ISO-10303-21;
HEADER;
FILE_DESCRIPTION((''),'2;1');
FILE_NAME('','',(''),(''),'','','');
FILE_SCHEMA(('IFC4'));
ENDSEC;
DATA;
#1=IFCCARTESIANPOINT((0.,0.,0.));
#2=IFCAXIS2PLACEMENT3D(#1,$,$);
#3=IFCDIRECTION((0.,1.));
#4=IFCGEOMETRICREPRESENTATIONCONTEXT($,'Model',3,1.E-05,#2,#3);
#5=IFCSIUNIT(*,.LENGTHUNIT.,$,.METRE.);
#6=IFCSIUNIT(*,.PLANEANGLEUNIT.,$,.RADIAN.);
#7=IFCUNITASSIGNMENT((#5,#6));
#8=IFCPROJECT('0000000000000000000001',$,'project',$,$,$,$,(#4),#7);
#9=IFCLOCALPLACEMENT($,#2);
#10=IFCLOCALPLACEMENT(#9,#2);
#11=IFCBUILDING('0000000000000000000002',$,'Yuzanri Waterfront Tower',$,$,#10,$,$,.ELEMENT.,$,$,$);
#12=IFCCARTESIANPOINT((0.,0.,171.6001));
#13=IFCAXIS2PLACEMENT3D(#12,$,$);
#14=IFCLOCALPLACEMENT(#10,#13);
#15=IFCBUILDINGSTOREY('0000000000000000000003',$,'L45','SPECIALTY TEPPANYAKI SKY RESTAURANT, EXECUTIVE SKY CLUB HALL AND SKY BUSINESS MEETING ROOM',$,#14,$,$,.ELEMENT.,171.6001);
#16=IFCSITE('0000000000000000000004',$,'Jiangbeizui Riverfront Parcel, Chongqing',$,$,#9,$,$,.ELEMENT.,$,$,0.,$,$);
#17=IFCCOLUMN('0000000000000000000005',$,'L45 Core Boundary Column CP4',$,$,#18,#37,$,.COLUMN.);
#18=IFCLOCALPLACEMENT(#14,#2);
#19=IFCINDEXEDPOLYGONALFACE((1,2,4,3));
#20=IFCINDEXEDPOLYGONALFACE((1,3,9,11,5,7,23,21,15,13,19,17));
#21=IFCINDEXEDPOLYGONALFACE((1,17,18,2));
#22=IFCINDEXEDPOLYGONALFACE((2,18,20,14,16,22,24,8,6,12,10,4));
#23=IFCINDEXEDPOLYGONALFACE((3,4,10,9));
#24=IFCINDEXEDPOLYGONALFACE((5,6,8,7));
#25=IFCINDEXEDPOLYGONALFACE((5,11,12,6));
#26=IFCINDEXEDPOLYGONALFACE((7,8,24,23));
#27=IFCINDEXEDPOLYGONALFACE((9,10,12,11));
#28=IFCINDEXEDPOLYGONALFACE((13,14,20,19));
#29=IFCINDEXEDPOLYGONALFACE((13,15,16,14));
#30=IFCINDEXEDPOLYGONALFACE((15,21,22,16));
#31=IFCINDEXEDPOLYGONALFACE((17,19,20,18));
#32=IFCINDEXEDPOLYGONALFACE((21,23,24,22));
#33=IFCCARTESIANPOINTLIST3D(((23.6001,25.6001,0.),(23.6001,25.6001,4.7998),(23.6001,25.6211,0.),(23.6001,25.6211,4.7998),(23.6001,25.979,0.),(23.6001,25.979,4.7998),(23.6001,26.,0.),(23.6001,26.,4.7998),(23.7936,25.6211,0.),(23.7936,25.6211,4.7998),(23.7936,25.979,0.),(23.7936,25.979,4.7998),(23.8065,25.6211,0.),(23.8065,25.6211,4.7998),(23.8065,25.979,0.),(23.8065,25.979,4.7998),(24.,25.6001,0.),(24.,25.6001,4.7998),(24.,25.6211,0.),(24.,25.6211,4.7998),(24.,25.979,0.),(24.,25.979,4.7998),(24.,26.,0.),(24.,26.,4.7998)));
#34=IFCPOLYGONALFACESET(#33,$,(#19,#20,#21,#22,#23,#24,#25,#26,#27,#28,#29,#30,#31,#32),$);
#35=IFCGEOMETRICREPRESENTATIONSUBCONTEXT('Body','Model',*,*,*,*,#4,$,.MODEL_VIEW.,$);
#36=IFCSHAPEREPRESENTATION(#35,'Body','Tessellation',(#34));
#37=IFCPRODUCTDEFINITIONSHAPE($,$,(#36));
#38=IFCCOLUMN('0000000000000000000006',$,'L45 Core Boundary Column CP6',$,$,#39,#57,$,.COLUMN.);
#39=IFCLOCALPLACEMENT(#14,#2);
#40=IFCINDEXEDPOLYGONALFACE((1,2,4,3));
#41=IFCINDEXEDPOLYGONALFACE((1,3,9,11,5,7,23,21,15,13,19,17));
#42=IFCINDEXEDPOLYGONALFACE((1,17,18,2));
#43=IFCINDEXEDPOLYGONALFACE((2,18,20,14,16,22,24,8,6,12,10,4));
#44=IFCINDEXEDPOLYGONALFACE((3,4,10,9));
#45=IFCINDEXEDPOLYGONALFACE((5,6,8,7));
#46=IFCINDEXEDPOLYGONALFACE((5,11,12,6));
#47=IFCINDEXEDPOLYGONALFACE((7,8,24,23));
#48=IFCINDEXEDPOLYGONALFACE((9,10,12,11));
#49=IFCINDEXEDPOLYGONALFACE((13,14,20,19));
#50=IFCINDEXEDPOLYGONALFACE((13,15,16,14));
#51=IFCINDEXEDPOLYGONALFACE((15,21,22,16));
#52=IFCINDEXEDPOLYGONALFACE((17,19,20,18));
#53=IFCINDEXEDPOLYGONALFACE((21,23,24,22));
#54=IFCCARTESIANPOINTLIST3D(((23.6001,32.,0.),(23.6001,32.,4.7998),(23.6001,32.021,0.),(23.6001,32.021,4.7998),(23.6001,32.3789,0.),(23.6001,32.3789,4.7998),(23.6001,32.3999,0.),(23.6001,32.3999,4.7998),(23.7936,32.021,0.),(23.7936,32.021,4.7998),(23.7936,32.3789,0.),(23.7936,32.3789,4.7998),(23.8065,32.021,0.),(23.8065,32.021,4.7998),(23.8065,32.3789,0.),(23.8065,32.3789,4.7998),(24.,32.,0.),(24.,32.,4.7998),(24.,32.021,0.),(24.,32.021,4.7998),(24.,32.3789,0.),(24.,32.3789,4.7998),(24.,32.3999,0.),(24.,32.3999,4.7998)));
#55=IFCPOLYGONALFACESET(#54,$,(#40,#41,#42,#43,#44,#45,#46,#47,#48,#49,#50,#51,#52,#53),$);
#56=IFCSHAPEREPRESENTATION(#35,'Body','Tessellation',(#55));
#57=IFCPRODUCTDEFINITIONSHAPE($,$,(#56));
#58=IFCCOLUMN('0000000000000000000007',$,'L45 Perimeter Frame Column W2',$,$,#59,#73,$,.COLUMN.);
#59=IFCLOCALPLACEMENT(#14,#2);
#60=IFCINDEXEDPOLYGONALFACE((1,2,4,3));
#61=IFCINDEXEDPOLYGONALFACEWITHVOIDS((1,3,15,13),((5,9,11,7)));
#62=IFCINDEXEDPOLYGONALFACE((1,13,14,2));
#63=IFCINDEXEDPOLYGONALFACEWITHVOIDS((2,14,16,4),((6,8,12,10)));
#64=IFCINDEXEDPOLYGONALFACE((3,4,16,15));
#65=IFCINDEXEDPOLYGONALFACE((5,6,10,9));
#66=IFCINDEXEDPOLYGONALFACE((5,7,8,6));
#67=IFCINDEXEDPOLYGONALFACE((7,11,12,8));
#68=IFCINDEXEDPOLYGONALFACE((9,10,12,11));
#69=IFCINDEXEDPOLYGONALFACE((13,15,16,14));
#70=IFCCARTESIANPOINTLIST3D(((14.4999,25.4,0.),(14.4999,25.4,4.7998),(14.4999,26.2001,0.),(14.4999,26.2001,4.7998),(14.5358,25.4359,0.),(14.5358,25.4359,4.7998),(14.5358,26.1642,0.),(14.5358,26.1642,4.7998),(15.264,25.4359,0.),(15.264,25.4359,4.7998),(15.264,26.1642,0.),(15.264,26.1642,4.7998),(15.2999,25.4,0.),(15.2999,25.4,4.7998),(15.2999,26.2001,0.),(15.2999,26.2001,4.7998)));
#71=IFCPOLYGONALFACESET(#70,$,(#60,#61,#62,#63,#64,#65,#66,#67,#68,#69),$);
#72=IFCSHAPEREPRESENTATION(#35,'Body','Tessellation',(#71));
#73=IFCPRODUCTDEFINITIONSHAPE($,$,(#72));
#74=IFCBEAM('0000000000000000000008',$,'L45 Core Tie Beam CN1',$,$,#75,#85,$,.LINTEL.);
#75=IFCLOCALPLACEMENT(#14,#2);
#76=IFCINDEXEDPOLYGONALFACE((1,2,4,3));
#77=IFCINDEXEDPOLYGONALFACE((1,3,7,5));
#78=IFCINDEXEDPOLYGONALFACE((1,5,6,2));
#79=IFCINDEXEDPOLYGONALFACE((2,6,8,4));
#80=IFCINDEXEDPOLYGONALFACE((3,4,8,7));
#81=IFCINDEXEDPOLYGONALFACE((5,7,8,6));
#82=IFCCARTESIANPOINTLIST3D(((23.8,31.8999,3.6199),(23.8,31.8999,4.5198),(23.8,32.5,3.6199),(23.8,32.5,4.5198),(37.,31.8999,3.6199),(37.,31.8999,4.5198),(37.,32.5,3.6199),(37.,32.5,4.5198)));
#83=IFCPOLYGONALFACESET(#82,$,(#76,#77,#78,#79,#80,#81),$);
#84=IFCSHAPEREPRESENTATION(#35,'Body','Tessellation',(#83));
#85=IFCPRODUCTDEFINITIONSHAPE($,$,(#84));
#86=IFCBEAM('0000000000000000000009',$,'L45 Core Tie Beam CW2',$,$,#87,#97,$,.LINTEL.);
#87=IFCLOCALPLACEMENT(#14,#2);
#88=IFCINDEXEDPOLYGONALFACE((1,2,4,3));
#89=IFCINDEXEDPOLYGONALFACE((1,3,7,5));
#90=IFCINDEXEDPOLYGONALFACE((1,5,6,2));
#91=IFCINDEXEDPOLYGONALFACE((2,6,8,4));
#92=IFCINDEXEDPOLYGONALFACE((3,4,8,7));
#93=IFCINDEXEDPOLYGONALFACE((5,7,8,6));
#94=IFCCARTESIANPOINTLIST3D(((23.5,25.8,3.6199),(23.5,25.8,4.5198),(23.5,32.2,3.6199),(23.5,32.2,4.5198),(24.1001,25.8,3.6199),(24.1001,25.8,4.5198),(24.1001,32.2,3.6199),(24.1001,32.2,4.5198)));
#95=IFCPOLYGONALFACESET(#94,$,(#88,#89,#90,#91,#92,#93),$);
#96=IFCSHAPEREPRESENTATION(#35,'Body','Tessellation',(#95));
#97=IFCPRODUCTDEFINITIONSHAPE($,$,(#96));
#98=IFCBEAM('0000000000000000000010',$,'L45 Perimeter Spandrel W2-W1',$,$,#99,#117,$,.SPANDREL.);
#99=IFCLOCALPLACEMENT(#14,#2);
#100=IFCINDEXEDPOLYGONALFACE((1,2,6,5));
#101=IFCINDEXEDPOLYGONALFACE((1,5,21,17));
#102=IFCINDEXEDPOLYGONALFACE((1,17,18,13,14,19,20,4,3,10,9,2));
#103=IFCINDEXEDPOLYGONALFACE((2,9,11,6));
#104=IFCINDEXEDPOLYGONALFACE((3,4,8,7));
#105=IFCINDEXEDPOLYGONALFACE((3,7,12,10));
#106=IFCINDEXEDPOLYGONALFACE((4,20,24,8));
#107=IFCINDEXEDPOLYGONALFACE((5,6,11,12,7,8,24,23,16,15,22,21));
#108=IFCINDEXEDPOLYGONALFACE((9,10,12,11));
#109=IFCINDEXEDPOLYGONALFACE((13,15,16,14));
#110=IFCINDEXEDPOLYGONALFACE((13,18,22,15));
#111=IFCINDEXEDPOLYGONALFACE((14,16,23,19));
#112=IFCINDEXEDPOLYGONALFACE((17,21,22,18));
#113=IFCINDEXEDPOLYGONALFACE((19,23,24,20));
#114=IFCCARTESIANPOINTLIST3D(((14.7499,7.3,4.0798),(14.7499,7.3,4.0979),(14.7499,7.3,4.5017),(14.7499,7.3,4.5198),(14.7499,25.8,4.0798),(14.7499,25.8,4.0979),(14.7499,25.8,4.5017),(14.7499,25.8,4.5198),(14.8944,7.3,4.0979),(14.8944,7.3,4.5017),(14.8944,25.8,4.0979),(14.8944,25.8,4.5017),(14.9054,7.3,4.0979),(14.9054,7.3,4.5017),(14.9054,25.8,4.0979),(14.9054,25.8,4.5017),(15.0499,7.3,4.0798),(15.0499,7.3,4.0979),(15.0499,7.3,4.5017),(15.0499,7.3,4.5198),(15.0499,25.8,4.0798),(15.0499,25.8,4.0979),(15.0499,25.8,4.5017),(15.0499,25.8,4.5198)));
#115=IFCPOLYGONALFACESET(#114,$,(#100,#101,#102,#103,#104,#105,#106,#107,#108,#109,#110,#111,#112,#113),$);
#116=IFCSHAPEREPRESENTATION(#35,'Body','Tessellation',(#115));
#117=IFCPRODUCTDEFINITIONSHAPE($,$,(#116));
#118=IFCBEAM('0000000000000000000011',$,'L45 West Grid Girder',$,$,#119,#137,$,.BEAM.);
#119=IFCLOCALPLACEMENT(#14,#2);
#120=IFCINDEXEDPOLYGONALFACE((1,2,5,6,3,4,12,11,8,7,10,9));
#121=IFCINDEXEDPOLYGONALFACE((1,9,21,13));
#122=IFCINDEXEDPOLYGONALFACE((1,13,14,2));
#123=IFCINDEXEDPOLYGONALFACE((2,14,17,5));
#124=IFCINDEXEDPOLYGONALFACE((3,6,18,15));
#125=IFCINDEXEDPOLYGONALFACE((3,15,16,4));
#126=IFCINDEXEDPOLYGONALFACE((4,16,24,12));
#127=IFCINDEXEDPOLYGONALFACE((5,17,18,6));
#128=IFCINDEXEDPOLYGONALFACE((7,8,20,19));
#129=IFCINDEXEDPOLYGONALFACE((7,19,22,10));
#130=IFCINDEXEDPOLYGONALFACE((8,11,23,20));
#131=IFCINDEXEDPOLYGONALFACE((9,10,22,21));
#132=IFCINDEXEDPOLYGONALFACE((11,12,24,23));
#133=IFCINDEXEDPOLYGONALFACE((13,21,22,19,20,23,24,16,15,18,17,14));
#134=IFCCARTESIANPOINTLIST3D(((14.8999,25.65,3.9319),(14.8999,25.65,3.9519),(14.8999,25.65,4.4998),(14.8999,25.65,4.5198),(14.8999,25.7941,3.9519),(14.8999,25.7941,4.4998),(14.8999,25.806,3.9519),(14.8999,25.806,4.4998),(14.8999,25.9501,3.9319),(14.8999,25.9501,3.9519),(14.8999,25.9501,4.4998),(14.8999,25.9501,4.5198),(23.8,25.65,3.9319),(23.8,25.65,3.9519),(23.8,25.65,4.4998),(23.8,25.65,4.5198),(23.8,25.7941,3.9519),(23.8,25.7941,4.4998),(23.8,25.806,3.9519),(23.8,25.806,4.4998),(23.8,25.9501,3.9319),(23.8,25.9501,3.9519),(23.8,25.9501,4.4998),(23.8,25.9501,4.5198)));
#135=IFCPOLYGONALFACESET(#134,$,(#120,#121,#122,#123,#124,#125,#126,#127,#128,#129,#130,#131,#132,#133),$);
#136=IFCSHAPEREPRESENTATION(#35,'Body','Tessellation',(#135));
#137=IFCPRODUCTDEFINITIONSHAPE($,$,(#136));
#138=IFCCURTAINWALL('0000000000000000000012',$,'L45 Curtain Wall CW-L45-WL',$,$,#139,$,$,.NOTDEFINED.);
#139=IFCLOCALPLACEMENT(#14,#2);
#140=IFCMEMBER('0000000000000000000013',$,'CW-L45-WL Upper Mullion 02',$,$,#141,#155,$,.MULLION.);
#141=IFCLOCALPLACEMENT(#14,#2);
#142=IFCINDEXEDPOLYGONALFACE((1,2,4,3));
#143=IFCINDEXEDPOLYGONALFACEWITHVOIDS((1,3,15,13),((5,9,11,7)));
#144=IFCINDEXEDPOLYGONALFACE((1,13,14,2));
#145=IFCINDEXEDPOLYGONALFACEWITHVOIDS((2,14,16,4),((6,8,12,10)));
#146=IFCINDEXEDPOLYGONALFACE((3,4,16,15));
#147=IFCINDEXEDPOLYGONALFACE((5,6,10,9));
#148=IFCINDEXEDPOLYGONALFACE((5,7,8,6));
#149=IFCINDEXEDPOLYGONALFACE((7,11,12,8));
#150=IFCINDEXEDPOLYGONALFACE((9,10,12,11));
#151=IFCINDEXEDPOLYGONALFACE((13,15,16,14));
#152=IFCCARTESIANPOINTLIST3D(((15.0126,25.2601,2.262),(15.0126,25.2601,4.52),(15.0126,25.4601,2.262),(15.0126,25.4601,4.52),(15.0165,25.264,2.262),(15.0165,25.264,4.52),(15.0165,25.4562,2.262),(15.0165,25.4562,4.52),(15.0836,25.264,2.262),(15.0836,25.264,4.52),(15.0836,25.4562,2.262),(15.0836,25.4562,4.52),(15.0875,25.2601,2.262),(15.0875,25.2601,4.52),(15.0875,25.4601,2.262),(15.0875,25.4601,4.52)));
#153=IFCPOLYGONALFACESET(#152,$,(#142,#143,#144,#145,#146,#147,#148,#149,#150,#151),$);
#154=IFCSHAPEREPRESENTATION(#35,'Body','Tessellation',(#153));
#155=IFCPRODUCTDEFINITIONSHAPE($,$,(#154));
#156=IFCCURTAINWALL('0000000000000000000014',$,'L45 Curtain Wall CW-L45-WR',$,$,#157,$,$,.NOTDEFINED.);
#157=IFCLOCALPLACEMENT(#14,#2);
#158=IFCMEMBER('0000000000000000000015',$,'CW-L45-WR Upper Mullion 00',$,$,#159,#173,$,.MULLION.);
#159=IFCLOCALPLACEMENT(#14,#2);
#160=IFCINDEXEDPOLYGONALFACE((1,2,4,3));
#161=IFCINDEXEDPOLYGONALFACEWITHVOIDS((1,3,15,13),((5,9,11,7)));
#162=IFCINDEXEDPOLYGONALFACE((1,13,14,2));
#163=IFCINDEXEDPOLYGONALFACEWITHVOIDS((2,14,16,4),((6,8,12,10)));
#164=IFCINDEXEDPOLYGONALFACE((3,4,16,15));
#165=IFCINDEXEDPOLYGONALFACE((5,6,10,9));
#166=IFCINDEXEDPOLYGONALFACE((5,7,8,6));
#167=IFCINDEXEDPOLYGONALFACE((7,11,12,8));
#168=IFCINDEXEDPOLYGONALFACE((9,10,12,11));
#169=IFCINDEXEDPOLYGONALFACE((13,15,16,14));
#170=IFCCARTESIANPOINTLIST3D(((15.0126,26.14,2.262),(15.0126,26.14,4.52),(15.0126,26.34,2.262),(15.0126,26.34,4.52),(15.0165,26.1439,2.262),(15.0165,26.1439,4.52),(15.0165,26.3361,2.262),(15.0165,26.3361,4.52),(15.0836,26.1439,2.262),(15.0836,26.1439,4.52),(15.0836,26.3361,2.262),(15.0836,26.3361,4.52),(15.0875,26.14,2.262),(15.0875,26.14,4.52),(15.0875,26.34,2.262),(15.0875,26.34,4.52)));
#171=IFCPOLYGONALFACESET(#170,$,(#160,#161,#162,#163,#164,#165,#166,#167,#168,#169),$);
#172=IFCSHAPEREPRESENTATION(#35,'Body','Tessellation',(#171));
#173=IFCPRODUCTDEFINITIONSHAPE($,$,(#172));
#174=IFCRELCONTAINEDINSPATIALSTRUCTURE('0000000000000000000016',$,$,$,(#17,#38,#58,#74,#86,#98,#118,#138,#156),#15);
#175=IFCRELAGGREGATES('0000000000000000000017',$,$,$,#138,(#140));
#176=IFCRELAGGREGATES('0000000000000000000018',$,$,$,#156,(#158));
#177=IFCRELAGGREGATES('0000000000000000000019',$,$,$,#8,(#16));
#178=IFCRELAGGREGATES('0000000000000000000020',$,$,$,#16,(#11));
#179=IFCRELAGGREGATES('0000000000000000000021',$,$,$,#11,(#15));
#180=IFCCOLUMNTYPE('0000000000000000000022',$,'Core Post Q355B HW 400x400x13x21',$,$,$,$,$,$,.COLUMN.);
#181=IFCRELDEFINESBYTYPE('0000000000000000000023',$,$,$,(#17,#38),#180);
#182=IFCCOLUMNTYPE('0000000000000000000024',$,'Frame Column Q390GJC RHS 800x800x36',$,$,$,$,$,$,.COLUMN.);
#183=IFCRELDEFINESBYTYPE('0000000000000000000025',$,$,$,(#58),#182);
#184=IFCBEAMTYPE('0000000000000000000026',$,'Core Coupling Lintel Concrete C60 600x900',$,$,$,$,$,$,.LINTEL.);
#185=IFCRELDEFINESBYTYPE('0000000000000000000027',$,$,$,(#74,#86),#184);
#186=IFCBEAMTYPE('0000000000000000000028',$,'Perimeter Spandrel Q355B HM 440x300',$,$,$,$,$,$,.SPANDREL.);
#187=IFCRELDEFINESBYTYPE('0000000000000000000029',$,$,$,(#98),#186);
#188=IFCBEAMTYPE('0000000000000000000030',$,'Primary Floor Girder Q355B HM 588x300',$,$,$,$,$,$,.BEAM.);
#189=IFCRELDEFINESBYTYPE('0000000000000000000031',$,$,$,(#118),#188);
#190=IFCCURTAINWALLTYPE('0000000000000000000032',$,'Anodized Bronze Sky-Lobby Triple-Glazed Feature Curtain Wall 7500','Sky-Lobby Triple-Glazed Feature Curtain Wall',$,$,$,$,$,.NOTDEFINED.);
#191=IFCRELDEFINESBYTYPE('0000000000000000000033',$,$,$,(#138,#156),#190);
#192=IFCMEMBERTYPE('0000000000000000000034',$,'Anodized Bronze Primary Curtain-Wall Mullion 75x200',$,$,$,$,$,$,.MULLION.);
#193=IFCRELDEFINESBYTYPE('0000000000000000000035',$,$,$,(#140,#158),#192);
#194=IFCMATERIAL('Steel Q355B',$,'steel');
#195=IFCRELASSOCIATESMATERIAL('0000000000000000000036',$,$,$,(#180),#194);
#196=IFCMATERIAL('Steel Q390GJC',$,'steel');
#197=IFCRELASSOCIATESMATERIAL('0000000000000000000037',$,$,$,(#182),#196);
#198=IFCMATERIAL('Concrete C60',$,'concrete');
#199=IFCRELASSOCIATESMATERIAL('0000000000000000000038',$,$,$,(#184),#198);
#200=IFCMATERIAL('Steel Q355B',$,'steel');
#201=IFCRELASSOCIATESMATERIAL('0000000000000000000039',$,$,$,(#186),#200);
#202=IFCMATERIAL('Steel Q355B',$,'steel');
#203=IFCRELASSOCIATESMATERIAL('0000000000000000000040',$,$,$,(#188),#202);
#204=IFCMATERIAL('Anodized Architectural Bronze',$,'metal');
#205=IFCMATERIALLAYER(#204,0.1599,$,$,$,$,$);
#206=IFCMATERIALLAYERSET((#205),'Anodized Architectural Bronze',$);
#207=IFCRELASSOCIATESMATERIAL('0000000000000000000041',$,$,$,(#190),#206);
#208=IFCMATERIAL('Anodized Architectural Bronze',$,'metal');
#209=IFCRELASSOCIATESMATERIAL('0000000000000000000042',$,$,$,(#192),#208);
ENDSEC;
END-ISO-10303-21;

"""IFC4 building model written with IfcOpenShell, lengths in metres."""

from ifc_helpers import new_model, si_unit, direction, frame, origin, origin_2d, place, context, subcontext, project, spatial, rectangle, hollow_rectangle, i_section, extrude, source, transform, mapped, material, layer, layer_set, material_profile, profile_set, type_object, element, aggregate, save


model = new_model("IFC4")

# Units and contexts
model_context = context("Model", 3, precision=1e-05, world=origin(), true_north=direction((0.0, 1.0)))
body_context = subcontext(model_context, "Body", "Model", "MODEL_VIEW")
ifc_project = project(units=[si_unit("LENGTHUNIT", "METRE"), si_unit("PLANEANGLEUNIT", "RADIAN")], contexts=[model_context])

# Site, building, storey
site_placement = place(None, origin())
site = spatial("IfcSite", under=ifc_project, at=site_placement, Name="Jiangbeizui Riverfront Parcel, Chongqing", CompositionType="ELEMENT", RefElevation=0.0)
building_placement = place(site_placement, origin())
building = spatial("IfcBuilding", under=site, at=building_placement, Name="Yuzanri Waterfront Tower", CompositionType="ELEMENT")
storey_placement = place(building_placement, frame((0.0, 0.0, 171.6001)))
storey = spatial("IfcBuildingStorey", under=building, at=storey_placement, Name="L45", Description="SPECIALTY TEPPANYAKI SKY RESTAURANT, EXECUTIVE SKY CLUB HALL AND SKY BUSINESS MEETING ROOM", CompositionType="ELEMENT", Elevation=171.6001)

# Columns
ifc_material_1 = material(Name="Steel Q355B", Category="steel")
ifc_material_profile_1 = material_profile(ifc_material_1, i_section(OverallWidth=0.3999, OverallDepth=0.3999, WebThickness=0.0129, FlangeThickness=0.021, at=origin_2d()), Name="HW 400x400x13x21")
ifc_profile_set_1 = profile_set([ifc_material_profile_1], Name="Steel Q355B")
column_type_1 = type_object("IfcColumnType", Name="Core Post Q355B HW 400x400x13x21", PredefinedType="COLUMN", material=ifc_profile_set_1)
shared_shape_1 = source(origin(), body_context, "Body", "SweptSolid", [
    extrude(i_section(OverallWidth=0.3999, OverallDepth=0.3999, WebThickness=0.0129, FlangeThickness=0.021, at=origin_2d()), origin(), (0.0, 0.0, 1.0), 4.7998),
])
for number, where, z_axis, x_axis, name in (
    (1, (23.8, 25.8, 0.0), (0.0, 0.0, 1.0), (1.0, 0.0, 0.0), "L45 Core Boundary Column CP4"),
    (2, (23.8, 32.2, 0.0), (0.0, 0.0, 1.0), (1.0, 0.0, 0.0), "L45 Core Boundary Column CP6"),
):
    element("IfcColumn", number, at=place(storey_placement, frame(where, z_axis=z_axis, x_axis=x_axis)), inside=storey, type_object=column_type_1, Name=name, PredefinedType="COLUMN", context=body_context, shape_type="MappedRepresentation", body=[
        mapped(shared_shape_1, transform((0.0, 0.0, 0.0), scale=1.0)),
    ])
ifc_material_2 = material(Name="Steel Q390GJC", Category="steel")
ifc_material_profile_2 = material_profile(ifc_material_2, hollow_rectangle(XDim=0.8, YDim=0.8, WallThickness=0.0359, at=origin_2d()), Name="RHS 800x800x36")
ifc_profile_set_2 = profile_set([ifc_material_profile_2], Name="Steel Q390GJC")
column_type_2 = type_object("IfcColumnType", Name="Frame Column Q390GJC RHS 800x800x36", PredefinedType="COLUMN", material=ifc_profile_set_2)
shared_shape_2 = source(origin(), body_context, "Body", "SweptSolid", [
    extrude(hollow_rectangle(XDim=0.8, YDim=0.8, WallThickness=0.0359, at=origin_2d()), origin(), (0.0, 0.0, 1.0), 4.7998),
])
column_placement = place(storey_placement, frame((14.8999, 25.8, 0.0), z_axis=(0.0, 0.0, 1.0), x_axis=(1.0, 0.0, 0.0)))
element("IfcColumn", 3, at=column_placement, inside=storey, type_object=column_type_2, Name="L45 Perimeter Frame Column W2", PredefinedType="COLUMN", context=body_context, shape_type="MappedRepresentation", body=[
    mapped(shared_shape_2, transform((0.0, 0.0, 0.0), scale=1.0)),
])

# Beams
ifc_material_3 = material(Name="Concrete C60", Category="concrete")
ifc_material_profile_3 = material_profile(ifc_material_3, rectangle(XDim=0.6001, YDim=0.8999, at=origin_2d()), Name="RC 600x900")
ifc_profile_set_3 = profile_set([ifc_material_profile_3], Name="Concrete C60")
beam_type_1 = type_object("IfcBeamType", Name="Core Coupling Lintel Concrete C60 600x900", PredefinedType="LINTEL", material=ifc_profile_set_3)
shared_shape_3 = source(origin(), body_context, "Body", "SweptSolid", [
    extrude(rectangle(XDim=0.6001, YDim=0.8999, at=origin_2d()), origin(), (0.0, 0.0, 1.0), 13.2),
])
beam_1_placement = place(storey_placement, frame((23.8, 32.2, 4.0698), z_axis=(1.0, 0.0, 0.0), x_axis=(0.0, 1.0, 0.0)))
element("IfcBeam", 4, at=beam_1_placement, inside=storey, type_object=beam_type_1, Name="L45 Core Tie Beam CN1", PredefinedType="LINTEL", context=body_context, shape_type="MappedRepresentation", body=[
    mapped(shared_shape_3, transform((0.0, 0.0, 0.0), scale=1.0)),
])
shared_shape_4 = source(origin(), body_context, "Body", "SweptSolid", [
    extrude(rectangle(XDim=0.6001, YDim=0.8999, at=origin_2d()), origin(), (0.0, 0.0, 1.0), 6.3999),
])
beam_2_placement = place(storey_placement, frame((23.8, 25.8, 4.0698), z_axis=(0.0, 1.0, 0.0), x_axis=(-1.0, 0.0, 0.0)))
element("IfcBeam", 5, at=beam_2_placement, inside=storey, type_object=beam_type_1, Name="L45 Core Tie Beam CW2", PredefinedType="LINTEL", context=body_context, shape_type="MappedRepresentation", body=[
    mapped(shared_shape_4, transform((0.0, 0.0, 0.0), scale=1.0)),
])
ifc_material_4 = material(Name="Steel Q355B", Category="steel")
ifc_material_profile_4 = material_profile(ifc_material_4, i_section(OverallWidth=0.3, OverallDepth=0.4399, WebThickness=0.011, FlangeThickness=0.0181, at=origin_2d()), Name="HM 440x300x11x18")
ifc_profile_set_4 = profile_set([ifc_material_profile_4], Name="Steel Q355B")
beam_type_2 = type_object("IfcBeamType", Name="Perimeter Spandrel Q355B HM 440x300", PredefinedType="SPANDREL", material=ifc_profile_set_4)
shared_shape_5 = source(origin(), body_context, "Body", "SweptSolid", [
    extrude(i_section(OverallWidth=0.3, OverallDepth=0.4399, WebThickness=0.011, FlangeThickness=0.0181, at=origin_2d()), origin(), (0.0, 0.0, 1.0), 18.5),
])
beam_3_placement = place(storey_placement, frame((14.8999, 25.8, 4.2998), z_axis=(0.0, -1.0, 0.0), x_axis=(1.0, 0.0, 0.0)))
element("IfcBeam", 6, at=beam_3_placement, inside=storey, type_object=beam_type_2, Name="L45 Perimeter Spandrel W2-W1", PredefinedType="SPANDREL", context=body_context, shape_type="MappedRepresentation", body=[
    mapped(shared_shape_5, transform((0.0, 0.0, 0.0), scale=1.0)),
])
ifc_material_5 = material(Name="Steel Q355B", Category="steel")
ifc_material_profile_5 = material_profile(ifc_material_5, i_section(OverallWidth=0.3, OverallDepth=0.5879, WebThickness=0.012, FlangeThickness=0.02, at=origin_2d()), Name="HM 588x300x12x20")
ifc_profile_set_5 = profile_set([ifc_material_profile_5], Name="Steel Q355B")
beam_type_3 = type_object("IfcBeamType", Name="Primary Floor Girder Q355B HM 588x300", PredefinedType="BEAM", material=ifc_profile_set_5)
shared_shape_6 = source(origin(), body_context, "Body", "SweptSolid", [
    extrude(i_section(OverallWidth=0.3, OverallDepth=0.5879, WebThickness=0.012, FlangeThickness=0.02, at=origin_2d()), origin(), (0.0, 0.0, 1.0), 8.9001),
])
beam_4_placement = place(storey_placement, frame((23.8, 25.8, 4.2258), z_axis=(-1.0, 0.0, 0.0), x_axis=(0.0, -1.0, 0.0)))
element("IfcBeam", 7, at=beam_4_placement, inside=storey, type_object=beam_type_3, Name="L45 West Grid Girder", PredefinedType="BEAM", context=body_context, shape_type="MappedRepresentation", body=[
    mapped(shared_shape_6, transform((0.0, 0.0, 0.0), scale=1.0)),
])

# Curtain walls, members
ifc_material_6 = material(Name="Anodized Architectural Bronze", Category="metal")
ifc_layer_1 = layer(ifc_material_6, 0.1599)
ifc_layer_set_1 = layer_set([ifc_layer_1], Name="Anodized Architectural Bronze")
curtain_wall_type = type_object("IfcCurtainWallType", Name="Anodized Bronze Sky-Lobby Triple-Glazed Feature Curtain Wall 7500", Description="Sky-Lobby Triple-Glazed Feature Curtain Wall", PredefinedType="NOTDEFINED", material=ifc_layer_set_1)
curtain_wall_1_placement = place(storey_placement, origin())
curtain_wall_1 = element("IfcCurtainWall", 8, at=curtain_wall_1_placement, inside=storey, type_object=curtain_wall_type, Name="L45 Curtain Wall CW-L45-WL", PredefinedType="NOTDEFINED")
ifc_material_7 = material(Name="Anodized Architectural Bronze", Category="metal")
ifc_material_profile_6 = material_profile(ifc_material_7, hollow_rectangle(XDim=0.075, YDim=0.2, WallThickness=0.0039, at=origin_2d()), Name="CWM 75x200")
ifc_profile_set_6 = profile_set([ifc_material_profile_6], Name="Anodized Architectural Bronze")
member_type_1 = type_object("IfcMemberType", Name="Anodized Bronze Primary Curtain-Wall Mullion 75x200", PredefinedType="MULLION", material=ifc_profile_set_6)
shared_shape_7 = source(origin(), body_context, "Body", "SweptSolid", [
    extrude(hollow_rectangle(XDim=0.075, YDim=0.2, WallThickness=0.0039, at=origin_2d()), origin(), (0.0, 0.0, 1.0), 2.2581),
])
member_1_placement = place(storey_placement, frame((15.05, 25.3601, 2.262), z_axis=(0.0, 0.0, 1.0), x_axis=(1.0, 0.0, 0.0)))
member_1 = element("IfcMember", 9, at=member_1_placement, type_object=member_type_1, Name="CW-L45-WL Upper Mullion 02", PredefinedType="MULLION", context=body_context, shape_type="MappedRepresentation", body=[
    mapped(shared_shape_7, transform((0.0, 0.0, 0.0), scale=1.0)),
])
curtain_wall_2_placement = place(storey_placement, origin())
curtain_wall_2 = element("IfcCurtainWall", 10, at=curtain_wall_2_placement, inside=storey, type_object=curtain_wall_type, Name="L45 Curtain Wall CW-L45-WR", PredefinedType="NOTDEFINED")
member_2_placement = place(storey_placement, frame((15.05, 26.24, 2.262), z_axis=(0.0, 0.0, 1.0), x_axis=(1.0, 0.0, 0.0)))
member_2 = element("IfcMember", 11, at=member_2_placement, type_object=member_type_1, Name="CW-L45-WR Upper Mullion 00", PredefinedType="MULLION", context=body_context, shape_type="MappedRepresentation", body=[
    mapped(shared_shape_7, transform((0.0, 0.0, 0.0), scale=1.0)),
])

aggregate(curtain_wall_1, [member_1])

aggregate(curtain_wall_2, [member_2])

save(model, "model.ifc")
